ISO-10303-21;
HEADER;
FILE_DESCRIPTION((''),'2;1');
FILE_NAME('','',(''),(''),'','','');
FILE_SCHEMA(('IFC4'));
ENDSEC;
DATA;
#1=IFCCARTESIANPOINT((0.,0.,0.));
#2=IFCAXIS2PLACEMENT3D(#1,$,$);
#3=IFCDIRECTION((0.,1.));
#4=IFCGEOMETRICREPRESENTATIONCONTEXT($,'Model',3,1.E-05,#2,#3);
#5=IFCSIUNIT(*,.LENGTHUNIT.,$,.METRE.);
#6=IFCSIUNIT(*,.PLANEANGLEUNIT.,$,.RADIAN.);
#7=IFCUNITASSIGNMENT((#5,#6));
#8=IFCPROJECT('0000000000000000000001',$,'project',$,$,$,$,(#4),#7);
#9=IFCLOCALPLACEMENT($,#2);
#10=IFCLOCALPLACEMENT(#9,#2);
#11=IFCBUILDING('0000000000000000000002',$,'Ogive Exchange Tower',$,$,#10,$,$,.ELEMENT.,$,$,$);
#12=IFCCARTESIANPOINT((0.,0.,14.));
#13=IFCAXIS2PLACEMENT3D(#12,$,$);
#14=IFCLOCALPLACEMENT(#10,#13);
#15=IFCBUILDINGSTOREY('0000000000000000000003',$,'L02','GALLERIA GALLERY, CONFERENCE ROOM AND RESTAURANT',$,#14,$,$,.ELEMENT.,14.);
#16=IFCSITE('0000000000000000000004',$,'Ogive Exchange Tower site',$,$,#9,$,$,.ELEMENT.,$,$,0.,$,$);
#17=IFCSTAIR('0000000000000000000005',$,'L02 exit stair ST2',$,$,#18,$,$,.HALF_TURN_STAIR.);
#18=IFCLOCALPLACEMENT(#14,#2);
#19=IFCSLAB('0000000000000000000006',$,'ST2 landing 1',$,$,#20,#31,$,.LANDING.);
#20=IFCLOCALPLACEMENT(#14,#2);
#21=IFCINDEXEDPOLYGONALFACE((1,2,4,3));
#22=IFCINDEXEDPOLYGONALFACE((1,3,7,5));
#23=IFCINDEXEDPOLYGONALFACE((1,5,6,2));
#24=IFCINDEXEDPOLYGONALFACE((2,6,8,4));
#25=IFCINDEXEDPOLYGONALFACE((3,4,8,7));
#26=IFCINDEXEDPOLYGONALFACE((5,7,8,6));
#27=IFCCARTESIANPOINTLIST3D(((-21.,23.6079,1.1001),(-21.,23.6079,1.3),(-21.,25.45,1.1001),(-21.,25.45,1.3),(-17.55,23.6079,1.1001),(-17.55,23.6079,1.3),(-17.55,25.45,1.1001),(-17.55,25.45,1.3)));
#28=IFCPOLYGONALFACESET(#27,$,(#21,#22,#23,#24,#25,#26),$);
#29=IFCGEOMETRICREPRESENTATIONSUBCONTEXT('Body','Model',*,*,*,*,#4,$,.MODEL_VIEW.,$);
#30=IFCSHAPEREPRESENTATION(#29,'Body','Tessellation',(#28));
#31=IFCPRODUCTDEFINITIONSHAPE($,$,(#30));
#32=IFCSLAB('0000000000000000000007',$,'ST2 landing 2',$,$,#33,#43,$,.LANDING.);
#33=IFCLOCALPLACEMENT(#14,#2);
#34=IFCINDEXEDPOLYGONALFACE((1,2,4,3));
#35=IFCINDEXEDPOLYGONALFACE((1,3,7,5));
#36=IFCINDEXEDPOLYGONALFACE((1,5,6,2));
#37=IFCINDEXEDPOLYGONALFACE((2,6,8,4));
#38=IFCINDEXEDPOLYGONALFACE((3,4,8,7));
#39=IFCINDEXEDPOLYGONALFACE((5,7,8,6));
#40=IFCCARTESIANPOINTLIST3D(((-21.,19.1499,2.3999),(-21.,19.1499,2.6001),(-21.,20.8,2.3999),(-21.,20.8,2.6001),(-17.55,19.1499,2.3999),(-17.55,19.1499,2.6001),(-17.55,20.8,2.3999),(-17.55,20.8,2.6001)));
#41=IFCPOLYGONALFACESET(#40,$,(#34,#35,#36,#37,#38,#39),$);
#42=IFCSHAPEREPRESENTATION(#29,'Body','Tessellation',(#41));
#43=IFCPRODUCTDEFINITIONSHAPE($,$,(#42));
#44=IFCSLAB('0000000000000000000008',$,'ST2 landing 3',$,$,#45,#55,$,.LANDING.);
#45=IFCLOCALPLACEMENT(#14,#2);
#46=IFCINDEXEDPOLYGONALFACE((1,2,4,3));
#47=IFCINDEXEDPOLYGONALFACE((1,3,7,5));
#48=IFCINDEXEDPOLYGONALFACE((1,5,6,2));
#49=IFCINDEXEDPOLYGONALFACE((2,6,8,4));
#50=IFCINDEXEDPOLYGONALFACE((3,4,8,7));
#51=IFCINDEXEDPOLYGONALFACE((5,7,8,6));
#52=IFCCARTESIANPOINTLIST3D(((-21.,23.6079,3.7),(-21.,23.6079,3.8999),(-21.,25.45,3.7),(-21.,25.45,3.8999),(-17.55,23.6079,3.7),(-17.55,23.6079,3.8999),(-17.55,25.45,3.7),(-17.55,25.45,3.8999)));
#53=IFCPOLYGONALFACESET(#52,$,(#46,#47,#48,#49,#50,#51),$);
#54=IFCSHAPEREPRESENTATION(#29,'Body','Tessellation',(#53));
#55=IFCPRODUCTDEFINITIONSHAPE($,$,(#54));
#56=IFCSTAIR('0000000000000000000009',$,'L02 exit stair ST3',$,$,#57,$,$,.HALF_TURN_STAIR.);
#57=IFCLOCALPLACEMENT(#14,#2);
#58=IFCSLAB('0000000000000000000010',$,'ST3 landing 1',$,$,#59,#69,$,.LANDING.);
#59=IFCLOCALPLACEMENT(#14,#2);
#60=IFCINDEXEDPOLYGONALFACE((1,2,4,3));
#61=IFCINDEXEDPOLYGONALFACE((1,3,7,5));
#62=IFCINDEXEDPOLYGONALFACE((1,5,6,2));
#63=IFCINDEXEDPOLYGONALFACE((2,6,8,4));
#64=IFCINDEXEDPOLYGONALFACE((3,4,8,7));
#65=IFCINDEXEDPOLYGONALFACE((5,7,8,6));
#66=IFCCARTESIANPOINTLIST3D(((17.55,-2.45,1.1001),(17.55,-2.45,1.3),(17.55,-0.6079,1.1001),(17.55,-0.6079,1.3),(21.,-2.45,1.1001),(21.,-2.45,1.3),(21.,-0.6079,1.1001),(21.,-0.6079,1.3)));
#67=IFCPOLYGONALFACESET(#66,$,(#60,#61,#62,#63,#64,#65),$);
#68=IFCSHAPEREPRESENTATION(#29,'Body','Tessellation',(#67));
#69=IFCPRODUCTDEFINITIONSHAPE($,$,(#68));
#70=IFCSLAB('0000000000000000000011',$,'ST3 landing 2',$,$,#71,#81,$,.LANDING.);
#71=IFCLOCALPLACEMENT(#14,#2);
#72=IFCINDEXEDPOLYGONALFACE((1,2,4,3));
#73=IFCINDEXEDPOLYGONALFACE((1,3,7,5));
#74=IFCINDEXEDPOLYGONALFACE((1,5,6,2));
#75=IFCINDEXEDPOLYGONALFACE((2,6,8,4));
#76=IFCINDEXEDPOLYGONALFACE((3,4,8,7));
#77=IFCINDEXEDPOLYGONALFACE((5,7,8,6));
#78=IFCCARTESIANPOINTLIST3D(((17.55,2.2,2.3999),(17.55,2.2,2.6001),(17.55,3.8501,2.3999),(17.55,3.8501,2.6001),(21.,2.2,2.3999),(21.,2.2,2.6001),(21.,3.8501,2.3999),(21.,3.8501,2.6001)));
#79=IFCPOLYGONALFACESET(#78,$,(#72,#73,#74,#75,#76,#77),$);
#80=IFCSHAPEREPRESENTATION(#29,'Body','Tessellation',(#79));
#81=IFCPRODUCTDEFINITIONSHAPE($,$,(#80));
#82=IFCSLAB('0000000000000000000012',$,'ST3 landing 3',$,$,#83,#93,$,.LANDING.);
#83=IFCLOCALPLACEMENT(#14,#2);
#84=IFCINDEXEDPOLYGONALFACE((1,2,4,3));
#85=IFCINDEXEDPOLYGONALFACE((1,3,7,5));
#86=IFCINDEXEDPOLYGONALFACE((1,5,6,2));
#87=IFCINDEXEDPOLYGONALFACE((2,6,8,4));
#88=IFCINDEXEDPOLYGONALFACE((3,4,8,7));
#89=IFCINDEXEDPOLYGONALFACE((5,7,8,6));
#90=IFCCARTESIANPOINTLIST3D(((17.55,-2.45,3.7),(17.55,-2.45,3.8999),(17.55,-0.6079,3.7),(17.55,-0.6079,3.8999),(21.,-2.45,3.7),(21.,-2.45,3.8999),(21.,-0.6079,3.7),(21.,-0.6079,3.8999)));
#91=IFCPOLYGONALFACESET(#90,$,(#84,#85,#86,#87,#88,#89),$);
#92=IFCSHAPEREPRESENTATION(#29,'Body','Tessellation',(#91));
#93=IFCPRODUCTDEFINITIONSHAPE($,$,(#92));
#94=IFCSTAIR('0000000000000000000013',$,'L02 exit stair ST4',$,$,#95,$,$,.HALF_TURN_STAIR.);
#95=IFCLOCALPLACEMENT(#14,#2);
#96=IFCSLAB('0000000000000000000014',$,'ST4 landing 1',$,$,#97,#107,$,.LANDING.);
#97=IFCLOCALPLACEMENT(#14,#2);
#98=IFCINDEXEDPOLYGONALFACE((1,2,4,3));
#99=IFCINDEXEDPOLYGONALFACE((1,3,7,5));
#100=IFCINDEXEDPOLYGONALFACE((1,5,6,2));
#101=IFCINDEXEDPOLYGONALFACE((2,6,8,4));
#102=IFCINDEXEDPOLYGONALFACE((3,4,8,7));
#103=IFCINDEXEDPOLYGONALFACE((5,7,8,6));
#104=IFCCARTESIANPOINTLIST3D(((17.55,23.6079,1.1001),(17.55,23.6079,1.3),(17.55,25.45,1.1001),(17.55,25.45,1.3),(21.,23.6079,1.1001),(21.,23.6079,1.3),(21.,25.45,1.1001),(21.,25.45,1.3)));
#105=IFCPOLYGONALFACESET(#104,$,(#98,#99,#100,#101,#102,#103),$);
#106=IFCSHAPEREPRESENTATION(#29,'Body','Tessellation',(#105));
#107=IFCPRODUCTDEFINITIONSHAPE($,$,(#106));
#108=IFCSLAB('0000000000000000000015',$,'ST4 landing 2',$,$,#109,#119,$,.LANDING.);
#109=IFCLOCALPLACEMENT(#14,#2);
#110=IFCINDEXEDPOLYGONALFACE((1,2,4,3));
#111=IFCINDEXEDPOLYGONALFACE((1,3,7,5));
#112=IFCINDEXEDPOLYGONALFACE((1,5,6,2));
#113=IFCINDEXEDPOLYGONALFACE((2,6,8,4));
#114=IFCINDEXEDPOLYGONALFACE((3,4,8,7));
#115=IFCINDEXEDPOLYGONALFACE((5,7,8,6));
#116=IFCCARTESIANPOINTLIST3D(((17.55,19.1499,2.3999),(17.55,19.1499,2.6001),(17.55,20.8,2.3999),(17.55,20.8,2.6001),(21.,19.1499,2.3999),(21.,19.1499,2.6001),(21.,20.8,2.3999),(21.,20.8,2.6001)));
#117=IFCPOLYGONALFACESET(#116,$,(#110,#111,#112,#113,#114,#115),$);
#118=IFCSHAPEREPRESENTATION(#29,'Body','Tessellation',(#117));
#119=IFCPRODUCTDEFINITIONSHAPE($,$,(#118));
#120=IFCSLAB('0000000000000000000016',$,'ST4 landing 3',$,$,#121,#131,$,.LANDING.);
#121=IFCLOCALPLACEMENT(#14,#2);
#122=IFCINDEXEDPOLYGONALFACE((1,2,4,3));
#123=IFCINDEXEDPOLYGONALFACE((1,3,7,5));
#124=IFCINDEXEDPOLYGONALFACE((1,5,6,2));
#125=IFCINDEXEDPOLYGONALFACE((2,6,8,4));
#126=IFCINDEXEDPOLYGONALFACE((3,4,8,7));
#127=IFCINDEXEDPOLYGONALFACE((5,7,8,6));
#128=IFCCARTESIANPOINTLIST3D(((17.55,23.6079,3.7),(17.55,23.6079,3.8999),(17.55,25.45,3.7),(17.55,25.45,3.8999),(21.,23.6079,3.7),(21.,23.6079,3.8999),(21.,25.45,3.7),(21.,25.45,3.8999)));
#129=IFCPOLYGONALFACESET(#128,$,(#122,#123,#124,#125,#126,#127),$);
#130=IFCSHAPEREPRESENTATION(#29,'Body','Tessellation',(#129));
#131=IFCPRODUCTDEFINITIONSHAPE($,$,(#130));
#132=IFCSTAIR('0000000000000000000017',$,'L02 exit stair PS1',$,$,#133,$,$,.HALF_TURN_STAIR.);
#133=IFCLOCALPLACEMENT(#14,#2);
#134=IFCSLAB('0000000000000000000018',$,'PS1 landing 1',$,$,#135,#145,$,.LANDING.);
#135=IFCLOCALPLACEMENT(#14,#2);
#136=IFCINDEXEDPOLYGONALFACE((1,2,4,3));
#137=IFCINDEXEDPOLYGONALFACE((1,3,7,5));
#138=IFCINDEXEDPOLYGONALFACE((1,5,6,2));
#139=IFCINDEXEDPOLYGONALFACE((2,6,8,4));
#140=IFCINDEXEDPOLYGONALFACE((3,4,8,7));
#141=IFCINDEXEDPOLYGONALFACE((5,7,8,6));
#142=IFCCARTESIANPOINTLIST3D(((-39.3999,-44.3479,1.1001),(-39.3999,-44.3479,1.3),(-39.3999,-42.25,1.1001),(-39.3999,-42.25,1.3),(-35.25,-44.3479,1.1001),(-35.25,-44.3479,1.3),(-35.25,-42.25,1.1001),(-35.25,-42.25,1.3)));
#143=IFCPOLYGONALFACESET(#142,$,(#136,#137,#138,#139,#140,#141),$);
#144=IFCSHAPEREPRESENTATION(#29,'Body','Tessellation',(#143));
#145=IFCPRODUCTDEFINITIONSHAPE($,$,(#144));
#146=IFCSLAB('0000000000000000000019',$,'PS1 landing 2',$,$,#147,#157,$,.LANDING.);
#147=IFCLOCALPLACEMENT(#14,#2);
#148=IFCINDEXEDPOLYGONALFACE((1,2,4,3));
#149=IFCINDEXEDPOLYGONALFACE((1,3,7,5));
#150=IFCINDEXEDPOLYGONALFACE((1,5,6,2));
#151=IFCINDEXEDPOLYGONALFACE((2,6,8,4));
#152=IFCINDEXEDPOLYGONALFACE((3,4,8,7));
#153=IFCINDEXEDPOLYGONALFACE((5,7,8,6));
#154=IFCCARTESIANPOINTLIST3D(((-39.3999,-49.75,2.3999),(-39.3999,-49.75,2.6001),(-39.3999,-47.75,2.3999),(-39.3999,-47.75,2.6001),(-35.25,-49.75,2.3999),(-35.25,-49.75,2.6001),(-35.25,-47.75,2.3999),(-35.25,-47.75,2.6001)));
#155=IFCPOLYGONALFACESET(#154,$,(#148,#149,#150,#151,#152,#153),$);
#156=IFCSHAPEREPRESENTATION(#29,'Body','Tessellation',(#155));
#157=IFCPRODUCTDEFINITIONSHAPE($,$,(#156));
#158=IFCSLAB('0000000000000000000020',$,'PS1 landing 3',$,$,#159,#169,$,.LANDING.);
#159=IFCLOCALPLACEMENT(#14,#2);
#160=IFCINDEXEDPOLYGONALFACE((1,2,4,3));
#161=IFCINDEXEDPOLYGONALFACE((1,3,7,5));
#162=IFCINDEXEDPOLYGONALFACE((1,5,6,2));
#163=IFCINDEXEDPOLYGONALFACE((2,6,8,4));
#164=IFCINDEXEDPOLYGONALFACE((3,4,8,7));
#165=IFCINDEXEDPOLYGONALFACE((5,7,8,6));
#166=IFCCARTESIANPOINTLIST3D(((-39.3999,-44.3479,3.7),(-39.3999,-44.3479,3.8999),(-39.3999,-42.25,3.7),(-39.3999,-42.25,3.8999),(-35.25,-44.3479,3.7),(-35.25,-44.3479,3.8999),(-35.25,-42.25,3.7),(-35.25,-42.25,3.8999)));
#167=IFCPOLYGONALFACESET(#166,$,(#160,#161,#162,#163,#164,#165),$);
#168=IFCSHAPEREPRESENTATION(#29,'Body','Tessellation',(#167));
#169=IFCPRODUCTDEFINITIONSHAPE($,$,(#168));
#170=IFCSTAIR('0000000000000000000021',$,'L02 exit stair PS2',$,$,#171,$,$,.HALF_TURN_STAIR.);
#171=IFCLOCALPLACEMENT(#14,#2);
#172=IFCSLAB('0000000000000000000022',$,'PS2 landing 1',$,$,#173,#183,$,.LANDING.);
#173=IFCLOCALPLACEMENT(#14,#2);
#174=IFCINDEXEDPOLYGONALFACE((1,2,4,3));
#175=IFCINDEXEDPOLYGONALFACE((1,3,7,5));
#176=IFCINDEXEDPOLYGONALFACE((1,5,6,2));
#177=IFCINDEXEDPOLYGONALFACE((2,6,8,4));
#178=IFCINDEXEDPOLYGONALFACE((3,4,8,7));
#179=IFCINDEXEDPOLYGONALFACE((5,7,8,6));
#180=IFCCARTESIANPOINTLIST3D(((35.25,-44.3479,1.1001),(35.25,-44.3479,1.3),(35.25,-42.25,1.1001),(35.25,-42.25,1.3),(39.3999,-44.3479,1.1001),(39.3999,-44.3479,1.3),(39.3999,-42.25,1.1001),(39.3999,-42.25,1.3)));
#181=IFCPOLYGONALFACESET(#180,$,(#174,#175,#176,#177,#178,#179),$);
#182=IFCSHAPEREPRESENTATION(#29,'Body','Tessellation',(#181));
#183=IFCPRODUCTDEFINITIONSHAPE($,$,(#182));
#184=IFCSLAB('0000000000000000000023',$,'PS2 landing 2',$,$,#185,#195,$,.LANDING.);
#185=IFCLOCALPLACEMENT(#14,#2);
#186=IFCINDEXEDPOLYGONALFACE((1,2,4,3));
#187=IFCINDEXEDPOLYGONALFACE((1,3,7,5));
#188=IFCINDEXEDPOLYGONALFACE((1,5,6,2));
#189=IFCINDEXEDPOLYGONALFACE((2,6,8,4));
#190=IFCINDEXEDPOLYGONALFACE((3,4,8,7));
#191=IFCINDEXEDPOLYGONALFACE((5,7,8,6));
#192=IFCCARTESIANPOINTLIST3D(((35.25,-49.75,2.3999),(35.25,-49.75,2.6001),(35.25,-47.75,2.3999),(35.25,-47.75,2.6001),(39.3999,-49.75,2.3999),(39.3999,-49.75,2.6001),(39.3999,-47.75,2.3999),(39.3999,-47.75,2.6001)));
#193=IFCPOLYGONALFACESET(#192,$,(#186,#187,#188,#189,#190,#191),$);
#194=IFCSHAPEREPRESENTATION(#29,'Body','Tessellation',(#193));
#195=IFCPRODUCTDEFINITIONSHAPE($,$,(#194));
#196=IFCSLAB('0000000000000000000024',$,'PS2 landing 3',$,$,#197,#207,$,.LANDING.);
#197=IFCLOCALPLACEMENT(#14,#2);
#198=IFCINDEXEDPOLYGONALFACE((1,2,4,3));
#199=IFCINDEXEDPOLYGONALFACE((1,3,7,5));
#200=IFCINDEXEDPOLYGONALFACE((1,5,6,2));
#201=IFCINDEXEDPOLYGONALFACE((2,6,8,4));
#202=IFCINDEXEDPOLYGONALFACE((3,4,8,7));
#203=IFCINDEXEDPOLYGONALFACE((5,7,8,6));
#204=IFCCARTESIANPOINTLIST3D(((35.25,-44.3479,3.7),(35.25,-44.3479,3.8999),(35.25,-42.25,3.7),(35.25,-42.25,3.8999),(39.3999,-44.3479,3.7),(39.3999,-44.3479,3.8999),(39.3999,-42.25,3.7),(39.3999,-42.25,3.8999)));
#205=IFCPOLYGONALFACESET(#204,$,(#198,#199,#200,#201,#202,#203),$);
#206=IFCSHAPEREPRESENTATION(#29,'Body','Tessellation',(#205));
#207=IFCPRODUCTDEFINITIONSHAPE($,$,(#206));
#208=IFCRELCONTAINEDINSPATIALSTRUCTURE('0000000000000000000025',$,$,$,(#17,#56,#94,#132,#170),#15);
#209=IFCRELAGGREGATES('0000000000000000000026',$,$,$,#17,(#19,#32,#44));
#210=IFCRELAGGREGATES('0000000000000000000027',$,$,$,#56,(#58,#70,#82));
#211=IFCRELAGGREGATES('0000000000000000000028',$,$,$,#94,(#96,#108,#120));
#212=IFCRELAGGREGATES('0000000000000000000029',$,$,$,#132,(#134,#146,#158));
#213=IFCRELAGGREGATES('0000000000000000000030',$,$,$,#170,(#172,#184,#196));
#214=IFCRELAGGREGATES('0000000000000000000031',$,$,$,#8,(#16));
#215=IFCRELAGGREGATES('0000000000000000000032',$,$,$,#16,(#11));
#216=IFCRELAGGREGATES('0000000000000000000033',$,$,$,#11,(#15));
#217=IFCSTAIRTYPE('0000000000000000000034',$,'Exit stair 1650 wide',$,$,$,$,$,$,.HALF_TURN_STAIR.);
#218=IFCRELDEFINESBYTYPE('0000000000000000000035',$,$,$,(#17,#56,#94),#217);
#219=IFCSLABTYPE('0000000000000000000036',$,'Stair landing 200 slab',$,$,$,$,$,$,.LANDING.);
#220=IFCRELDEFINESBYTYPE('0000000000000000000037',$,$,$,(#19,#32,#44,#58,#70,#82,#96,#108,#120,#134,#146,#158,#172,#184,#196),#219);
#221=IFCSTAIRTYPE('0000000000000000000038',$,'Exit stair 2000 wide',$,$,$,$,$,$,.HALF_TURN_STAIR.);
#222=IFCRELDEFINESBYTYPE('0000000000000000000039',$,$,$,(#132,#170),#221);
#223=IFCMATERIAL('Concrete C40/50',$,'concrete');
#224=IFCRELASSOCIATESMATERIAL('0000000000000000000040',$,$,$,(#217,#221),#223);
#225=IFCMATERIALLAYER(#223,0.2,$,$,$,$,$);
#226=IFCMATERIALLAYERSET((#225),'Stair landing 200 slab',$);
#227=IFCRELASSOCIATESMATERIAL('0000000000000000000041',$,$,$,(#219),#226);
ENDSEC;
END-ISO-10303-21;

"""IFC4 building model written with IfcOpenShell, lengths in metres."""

from ifc_helpers import new_model, si_unit, direction, frame, origin, place, context, subcontext, project, spatial, polyline, outline, extrude, material, layer, layer_set, type_object, element, aggregate, save


model = new_model("IFC4")

# Units and contexts
model_context = context("Model", 3, precision=1e-05, world=origin(), true_north=direction((0.0, 1.0)))
body_context = subcontext(model_context, "Body", "Model", "MODEL_VIEW")
ifc_project = project(units=[si_unit("LENGTHUNIT", "METRE"), si_unit("PLANEANGLEUNIT", "RADIAN")], contexts=[model_context])

# Site, building, storey
site_placement = place(None, origin())
site = spatial("IfcSite", under=ifc_project, at=site_placement, Name="Ogive Exchange Tower site", CompositionType="ELEMENT", RefElevation=0.0)
building_placement = place(site_placement, origin())
building = spatial("IfcBuilding", under=site, at=building_placement, Name="Ogive Exchange Tower", CompositionType="ELEMENT")
storey_placement = place(building_placement, frame((0.0, 0.0, 14.0)))
storey = spatial("IfcBuildingStorey", under=building, at=storey_placement, Name="L02", Description="GALLERIA GALLERY, CONFERENCE ROOM AND RESTAURANT", CompositionType="ELEMENT", Elevation=14.0)

# Stairs, slabs
ifc_material = material(Name="Concrete C40/50", Category="concrete")
stair_type_1 = type_object("IfcStairType", Name="Exit stair 1650 wide", PredefinedType="HALF_TURN_STAIR", material=ifc_material)
stair_1_placement = place(storey_placement, origin())
stair_1 = element("IfcStair", 1, at=stair_1_placement, inside=storey, type_object=stair_type_1, Name="L02 exit stair ST2", PredefinedType="HALF_TURN_STAIR")
ifc_layer = layer(ifc_material, 0.2)
ifc_layer_set = layer_set([ifc_layer], Name="Stair landing 200 slab")
slab_type = type_object("IfcSlabType", Name="Stair landing 200 slab", PredefinedType="LANDING", material=ifc_layer_set)
slab_1_placement = place(storey_placement, frame((0.0, 0.0, 1.1001)))
slab_1 = element("IfcSlab", 2, at=slab_1_placement, type_object=slab_type, Name="ST2 landing 1", PredefinedType="LANDING", context=body_context, shape_type="SweptSolid", body=[
    extrude(outline(polyline([(-17.55, 23.6079), (-17.55, 25.45), (-21.0, 25.45), (-21.0, 23.6079), (-17.55, 23.6079)])), origin(), (0.0, 0.0, 1.0), 0.2),
])
slab_2_placement = place(storey_placement, frame((0.0, 0.0, 2.3999)))
slab_2 = element("IfcSlab", 3, at=slab_2_placement, type_object=slab_type, Name="ST2 landing 2", PredefinedType="LANDING", context=body_context, shape_type="SweptSolid", body=[
    extrude(outline(polyline([(-17.55, 19.1499), (-17.55, 20.8), (-21.0, 20.8), (-21.0, 19.1499), (-17.55, 19.1499)])), origin(), (0.0, 0.0, 1.0), 0.2002),
])
slab_3_placement = place(storey_placement, frame((0.0, 0.0, 3.7)))
slab_3 = element("IfcSlab", 4, at=slab_3_placement, type_object=slab_type, Name="ST2 landing 3", PredefinedType="LANDING", context=body_context, shape_type="SweptSolid", body=[
    extrude(outline(polyline([(-17.55, 23.6079), (-17.55, 25.45), (-21.0, 25.45), (-21.0, 23.6079), (-17.55, 23.6079)])), origin(), (0.0, 0.0, 1.0), 0.2),
])
aggregate(stair_1, [slab_1, slab_2, slab_3])
stair_2_placement = place(storey_placement, origin())
stair_2 = element("IfcStair", 5, at=stair_2_placement, inside=storey, type_object=stair_type_1, Name="L02 exit stair ST3", PredefinedType="HALF_TURN_STAIR")
slab_4_placement = place(storey_placement, frame((0.0, 0.0, 1.1001)))
slab_4 = element("IfcSlab", 6, at=slab_4_placement, type_object=slab_type, Name="ST3 landing 1", PredefinedType="LANDING", context=body_context, shape_type="SweptSolid", body=[
    extrude(outline(polyline([(17.55, -0.6079), (17.55, -2.45), (21.0, -2.45), (21.0, -0.6079), (17.55, -0.6079)])), origin(), (0.0, 0.0, 1.0), 0.2),
])
slab_5_placement = place(storey_placement, frame((0.0, 0.0, 2.3999)))
slab_5 = element("IfcSlab", 7, at=slab_5_placement, type_object=slab_type, Name="ST3 landing 2", PredefinedType="LANDING", context=body_context, shape_type="SweptSolid", body=[
    extrude(outline(polyline([(17.55, 3.8501), (17.55, 2.2), (21.0, 2.2), (21.0, 3.8501), (17.55, 3.8501)])), origin(), (0.0, 0.0, 1.0), 0.2002),
])
slab_6_placement = place(storey_placement, frame((0.0, 0.0, 3.7)))
slab_6 = element("IfcSlab", 8, at=slab_6_placement, type_object=slab_type, Name="ST3 landing 3", PredefinedType="LANDING", context=body_context, shape_type="SweptSolid", body=[
    extrude(outline(polyline([(17.55, -0.6079), (17.55, -2.45), (21.0, -2.45), (21.0, -0.6079), (17.55, -0.6079)])), origin(), (0.0, 0.0, 1.0), 0.2),
])
aggregate(stair_2, [slab_4, slab_5, slab_6])
stair_3_placement = place(storey_placement, origin())
stair_3 = element("IfcStair", 9, at=stair_3_placement, inside=storey, type_object=stair_type_1, Name="L02 exit stair ST4", PredefinedType="HALF_TURN_STAIR")
slab_7_placement = place(storey_placement, frame((0.0, 0.0, 1.1001)))
slab_7 = element("IfcSlab", 10, at=slab_7_placement, type_object=slab_type, Name="ST4 landing 1", PredefinedType="LANDING", context=body_context, shape_type="SweptSolid", body=[
    extrude(outline(polyline([(21.0, 23.6079), (21.0, 25.45), (17.55, 25.45), (17.55, 23.6079), (21.0, 23.6079)])), origin(), (0.0, 0.0, 1.0), 0.2),
])
slab_8_placement = place(storey_placement, frame((0.0, 0.0, 2.3999)))
slab_8 = element("IfcSlab", 11, at=slab_8_placement, type_object=slab_type, Name="ST4 landing 2", PredefinedType="LANDING", context=body_context, shape_type="SweptSolid", body=[
    extrude(outline(polyline([(21.0, 19.1499), (21.0, 20.8), (17.55, 20.8), (17.55, 19.1499), (21.0, 19.1499)])), origin(), (0.0, 0.0, 1.0), 0.2002),
])
slab_9_placement = place(storey_placement, frame((0.0, 0.0, 3.7)))
slab_9 = element("IfcSlab", 12, at=slab_9_placement, type_object=slab_type, Name="ST4 landing 3", PredefinedType="LANDING", context=body_context, shape_type="SweptSolid", body=[
    extrude(outline(polyline([(21.0, 23.6079), (21.0, 25.45), (17.55, 25.45), (17.55, 23.6079), (21.0, 23.6079)])), origin(), (0.0, 0.0, 1.0), 0.2),
])
aggregate(stair_3, [slab_7, slab_8, slab_9])
stair_type_2 = type_object("IfcStairType", Name="Exit stair 2000 wide", PredefinedType="HALF_TURN_STAIR", material=ifc_material)
stair_4_placement = place(storey_placement, origin())
stair_4 = element("IfcStair", 13, at=stair_4_placement, inside=storey, type_object=stair_type_2, Name="L02 exit stair PS1", PredefinedType="HALF_TURN_STAIR")
slab_10_placement = place(storey_placement, frame((0.0, 0.0, 1.1001)))
slab_10 = element("IfcSlab", 14, at=slab_10_placement, type_object=slab_type, Name="PS1 landing 1", PredefinedType="LANDING", context=body_context, shape_type="SweptSolid", body=[
    extrude(outline(polyline([(-35.25, -44.3479), (-35.25, -42.25), (-39.3999, -42.25), (-39.3999, -44.3479), (-35.25, -44.3479)])), origin(), (0.0, 0.0, 1.0), 0.2),
])
slab_11_placement = place(storey_placement, frame((0.0, 0.0, 2.3999)))
slab_11 = element("IfcSlab", 15, at=slab_11_placement, type_object=slab_type, Name="PS1 landing 2", PredefinedType="LANDING", context=body_context, shape_type="SweptSolid", body=[
    extrude(outline(polyline([(-35.25, -49.75), (-35.25, -47.75), (-39.3999, -47.75), (-39.3999, -49.75), (-35.25, -49.75)])), origin(), (0.0, 0.0, 1.0), 0.2002),
])
slab_12_placement = place(storey_placement, frame((0.0, 0.0, 3.7)))
slab_12 = element("IfcSlab", 16, at=slab_12_placement, type_object=slab_type, Name="PS1 landing 3", PredefinedType="LANDING", context=body_context, shape_type="SweptSolid", body=[
    extrude(outline(polyline([(-35.25, -44.3479), (-35.25, -42.25), (-39.3999, -42.25), (-39.3999, -44.3479), (-35.25, -44.3479)])), origin(), (0.0, 0.0, 1.0), 0.2),
])
aggregate(stair_4, [slab_10, slab_11, slab_12])
stair_5_placement = place(storey_placement, origin())
stair_5 = element("IfcStair", 17, at=stair_5_placement, inside=storey, type_object=stair_type_2, Name="L02 exit stair PS2", PredefinedType="HALF_TURN_STAIR")
slab_13_placement = place(storey_placement, frame((0.0, 0.0, 1.1001)))
slab_13 = element("IfcSlab", 18, at=slab_13_placement, type_object=slab_type, Name="PS2 landing 1", PredefinedType="LANDING", context=body_context, shape_type="SweptSolid", body=[
    extrude(outline(polyline([(39.3999, -44.3479), (39.3999, -42.25), (35.25, -42.25), (35.25, -44.3479), (39.3999, -44.3479)])), origin(), (0.0, 0.0, 1.0), 0.2),
])
slab_14_placement = place(storey_placement, frame((0.0, 0.0, 2.3999)))
slab_14 = element("IfcSlab", 19, at=slab_14_placement, type_object=slab_type, Name="PS2 landing 2", PredefinedType="LANDING", context=body_context, shape_type="SweptSolid", body=[
    extrude(outline(polyline([(39.3999, -49.75), (39.3999, -47.75), (35.25, -47.75), (35.25, -49.75), (39.3999, -49.75)])), origin(), (0.0, 0.0, 1.0), 0.2002),
])
slab_15_placement = place(storey_placement, frame((0.0, 0.0, 3.7)))
slab_15 = element("IfcSlab", 20, at=slab_15_placement, type_object=slab_type, Name="PS2 landing 3", PredefinedType="LANDING", context=body_context, shape_type="SweptSolid", body=[
    extrude(outline(polyline([(39.3999, -44.3479), (39.3999, -42.25), (35.25, -42.25), (35.25, -44.3479), (39.3999, -44.3479)])), origin(), (0.0, 0.0, 1.0), 0.2),
])
aggregate(stair_5, [slab_13, slab_14, slab_15])

save(model, "model.ifc")
